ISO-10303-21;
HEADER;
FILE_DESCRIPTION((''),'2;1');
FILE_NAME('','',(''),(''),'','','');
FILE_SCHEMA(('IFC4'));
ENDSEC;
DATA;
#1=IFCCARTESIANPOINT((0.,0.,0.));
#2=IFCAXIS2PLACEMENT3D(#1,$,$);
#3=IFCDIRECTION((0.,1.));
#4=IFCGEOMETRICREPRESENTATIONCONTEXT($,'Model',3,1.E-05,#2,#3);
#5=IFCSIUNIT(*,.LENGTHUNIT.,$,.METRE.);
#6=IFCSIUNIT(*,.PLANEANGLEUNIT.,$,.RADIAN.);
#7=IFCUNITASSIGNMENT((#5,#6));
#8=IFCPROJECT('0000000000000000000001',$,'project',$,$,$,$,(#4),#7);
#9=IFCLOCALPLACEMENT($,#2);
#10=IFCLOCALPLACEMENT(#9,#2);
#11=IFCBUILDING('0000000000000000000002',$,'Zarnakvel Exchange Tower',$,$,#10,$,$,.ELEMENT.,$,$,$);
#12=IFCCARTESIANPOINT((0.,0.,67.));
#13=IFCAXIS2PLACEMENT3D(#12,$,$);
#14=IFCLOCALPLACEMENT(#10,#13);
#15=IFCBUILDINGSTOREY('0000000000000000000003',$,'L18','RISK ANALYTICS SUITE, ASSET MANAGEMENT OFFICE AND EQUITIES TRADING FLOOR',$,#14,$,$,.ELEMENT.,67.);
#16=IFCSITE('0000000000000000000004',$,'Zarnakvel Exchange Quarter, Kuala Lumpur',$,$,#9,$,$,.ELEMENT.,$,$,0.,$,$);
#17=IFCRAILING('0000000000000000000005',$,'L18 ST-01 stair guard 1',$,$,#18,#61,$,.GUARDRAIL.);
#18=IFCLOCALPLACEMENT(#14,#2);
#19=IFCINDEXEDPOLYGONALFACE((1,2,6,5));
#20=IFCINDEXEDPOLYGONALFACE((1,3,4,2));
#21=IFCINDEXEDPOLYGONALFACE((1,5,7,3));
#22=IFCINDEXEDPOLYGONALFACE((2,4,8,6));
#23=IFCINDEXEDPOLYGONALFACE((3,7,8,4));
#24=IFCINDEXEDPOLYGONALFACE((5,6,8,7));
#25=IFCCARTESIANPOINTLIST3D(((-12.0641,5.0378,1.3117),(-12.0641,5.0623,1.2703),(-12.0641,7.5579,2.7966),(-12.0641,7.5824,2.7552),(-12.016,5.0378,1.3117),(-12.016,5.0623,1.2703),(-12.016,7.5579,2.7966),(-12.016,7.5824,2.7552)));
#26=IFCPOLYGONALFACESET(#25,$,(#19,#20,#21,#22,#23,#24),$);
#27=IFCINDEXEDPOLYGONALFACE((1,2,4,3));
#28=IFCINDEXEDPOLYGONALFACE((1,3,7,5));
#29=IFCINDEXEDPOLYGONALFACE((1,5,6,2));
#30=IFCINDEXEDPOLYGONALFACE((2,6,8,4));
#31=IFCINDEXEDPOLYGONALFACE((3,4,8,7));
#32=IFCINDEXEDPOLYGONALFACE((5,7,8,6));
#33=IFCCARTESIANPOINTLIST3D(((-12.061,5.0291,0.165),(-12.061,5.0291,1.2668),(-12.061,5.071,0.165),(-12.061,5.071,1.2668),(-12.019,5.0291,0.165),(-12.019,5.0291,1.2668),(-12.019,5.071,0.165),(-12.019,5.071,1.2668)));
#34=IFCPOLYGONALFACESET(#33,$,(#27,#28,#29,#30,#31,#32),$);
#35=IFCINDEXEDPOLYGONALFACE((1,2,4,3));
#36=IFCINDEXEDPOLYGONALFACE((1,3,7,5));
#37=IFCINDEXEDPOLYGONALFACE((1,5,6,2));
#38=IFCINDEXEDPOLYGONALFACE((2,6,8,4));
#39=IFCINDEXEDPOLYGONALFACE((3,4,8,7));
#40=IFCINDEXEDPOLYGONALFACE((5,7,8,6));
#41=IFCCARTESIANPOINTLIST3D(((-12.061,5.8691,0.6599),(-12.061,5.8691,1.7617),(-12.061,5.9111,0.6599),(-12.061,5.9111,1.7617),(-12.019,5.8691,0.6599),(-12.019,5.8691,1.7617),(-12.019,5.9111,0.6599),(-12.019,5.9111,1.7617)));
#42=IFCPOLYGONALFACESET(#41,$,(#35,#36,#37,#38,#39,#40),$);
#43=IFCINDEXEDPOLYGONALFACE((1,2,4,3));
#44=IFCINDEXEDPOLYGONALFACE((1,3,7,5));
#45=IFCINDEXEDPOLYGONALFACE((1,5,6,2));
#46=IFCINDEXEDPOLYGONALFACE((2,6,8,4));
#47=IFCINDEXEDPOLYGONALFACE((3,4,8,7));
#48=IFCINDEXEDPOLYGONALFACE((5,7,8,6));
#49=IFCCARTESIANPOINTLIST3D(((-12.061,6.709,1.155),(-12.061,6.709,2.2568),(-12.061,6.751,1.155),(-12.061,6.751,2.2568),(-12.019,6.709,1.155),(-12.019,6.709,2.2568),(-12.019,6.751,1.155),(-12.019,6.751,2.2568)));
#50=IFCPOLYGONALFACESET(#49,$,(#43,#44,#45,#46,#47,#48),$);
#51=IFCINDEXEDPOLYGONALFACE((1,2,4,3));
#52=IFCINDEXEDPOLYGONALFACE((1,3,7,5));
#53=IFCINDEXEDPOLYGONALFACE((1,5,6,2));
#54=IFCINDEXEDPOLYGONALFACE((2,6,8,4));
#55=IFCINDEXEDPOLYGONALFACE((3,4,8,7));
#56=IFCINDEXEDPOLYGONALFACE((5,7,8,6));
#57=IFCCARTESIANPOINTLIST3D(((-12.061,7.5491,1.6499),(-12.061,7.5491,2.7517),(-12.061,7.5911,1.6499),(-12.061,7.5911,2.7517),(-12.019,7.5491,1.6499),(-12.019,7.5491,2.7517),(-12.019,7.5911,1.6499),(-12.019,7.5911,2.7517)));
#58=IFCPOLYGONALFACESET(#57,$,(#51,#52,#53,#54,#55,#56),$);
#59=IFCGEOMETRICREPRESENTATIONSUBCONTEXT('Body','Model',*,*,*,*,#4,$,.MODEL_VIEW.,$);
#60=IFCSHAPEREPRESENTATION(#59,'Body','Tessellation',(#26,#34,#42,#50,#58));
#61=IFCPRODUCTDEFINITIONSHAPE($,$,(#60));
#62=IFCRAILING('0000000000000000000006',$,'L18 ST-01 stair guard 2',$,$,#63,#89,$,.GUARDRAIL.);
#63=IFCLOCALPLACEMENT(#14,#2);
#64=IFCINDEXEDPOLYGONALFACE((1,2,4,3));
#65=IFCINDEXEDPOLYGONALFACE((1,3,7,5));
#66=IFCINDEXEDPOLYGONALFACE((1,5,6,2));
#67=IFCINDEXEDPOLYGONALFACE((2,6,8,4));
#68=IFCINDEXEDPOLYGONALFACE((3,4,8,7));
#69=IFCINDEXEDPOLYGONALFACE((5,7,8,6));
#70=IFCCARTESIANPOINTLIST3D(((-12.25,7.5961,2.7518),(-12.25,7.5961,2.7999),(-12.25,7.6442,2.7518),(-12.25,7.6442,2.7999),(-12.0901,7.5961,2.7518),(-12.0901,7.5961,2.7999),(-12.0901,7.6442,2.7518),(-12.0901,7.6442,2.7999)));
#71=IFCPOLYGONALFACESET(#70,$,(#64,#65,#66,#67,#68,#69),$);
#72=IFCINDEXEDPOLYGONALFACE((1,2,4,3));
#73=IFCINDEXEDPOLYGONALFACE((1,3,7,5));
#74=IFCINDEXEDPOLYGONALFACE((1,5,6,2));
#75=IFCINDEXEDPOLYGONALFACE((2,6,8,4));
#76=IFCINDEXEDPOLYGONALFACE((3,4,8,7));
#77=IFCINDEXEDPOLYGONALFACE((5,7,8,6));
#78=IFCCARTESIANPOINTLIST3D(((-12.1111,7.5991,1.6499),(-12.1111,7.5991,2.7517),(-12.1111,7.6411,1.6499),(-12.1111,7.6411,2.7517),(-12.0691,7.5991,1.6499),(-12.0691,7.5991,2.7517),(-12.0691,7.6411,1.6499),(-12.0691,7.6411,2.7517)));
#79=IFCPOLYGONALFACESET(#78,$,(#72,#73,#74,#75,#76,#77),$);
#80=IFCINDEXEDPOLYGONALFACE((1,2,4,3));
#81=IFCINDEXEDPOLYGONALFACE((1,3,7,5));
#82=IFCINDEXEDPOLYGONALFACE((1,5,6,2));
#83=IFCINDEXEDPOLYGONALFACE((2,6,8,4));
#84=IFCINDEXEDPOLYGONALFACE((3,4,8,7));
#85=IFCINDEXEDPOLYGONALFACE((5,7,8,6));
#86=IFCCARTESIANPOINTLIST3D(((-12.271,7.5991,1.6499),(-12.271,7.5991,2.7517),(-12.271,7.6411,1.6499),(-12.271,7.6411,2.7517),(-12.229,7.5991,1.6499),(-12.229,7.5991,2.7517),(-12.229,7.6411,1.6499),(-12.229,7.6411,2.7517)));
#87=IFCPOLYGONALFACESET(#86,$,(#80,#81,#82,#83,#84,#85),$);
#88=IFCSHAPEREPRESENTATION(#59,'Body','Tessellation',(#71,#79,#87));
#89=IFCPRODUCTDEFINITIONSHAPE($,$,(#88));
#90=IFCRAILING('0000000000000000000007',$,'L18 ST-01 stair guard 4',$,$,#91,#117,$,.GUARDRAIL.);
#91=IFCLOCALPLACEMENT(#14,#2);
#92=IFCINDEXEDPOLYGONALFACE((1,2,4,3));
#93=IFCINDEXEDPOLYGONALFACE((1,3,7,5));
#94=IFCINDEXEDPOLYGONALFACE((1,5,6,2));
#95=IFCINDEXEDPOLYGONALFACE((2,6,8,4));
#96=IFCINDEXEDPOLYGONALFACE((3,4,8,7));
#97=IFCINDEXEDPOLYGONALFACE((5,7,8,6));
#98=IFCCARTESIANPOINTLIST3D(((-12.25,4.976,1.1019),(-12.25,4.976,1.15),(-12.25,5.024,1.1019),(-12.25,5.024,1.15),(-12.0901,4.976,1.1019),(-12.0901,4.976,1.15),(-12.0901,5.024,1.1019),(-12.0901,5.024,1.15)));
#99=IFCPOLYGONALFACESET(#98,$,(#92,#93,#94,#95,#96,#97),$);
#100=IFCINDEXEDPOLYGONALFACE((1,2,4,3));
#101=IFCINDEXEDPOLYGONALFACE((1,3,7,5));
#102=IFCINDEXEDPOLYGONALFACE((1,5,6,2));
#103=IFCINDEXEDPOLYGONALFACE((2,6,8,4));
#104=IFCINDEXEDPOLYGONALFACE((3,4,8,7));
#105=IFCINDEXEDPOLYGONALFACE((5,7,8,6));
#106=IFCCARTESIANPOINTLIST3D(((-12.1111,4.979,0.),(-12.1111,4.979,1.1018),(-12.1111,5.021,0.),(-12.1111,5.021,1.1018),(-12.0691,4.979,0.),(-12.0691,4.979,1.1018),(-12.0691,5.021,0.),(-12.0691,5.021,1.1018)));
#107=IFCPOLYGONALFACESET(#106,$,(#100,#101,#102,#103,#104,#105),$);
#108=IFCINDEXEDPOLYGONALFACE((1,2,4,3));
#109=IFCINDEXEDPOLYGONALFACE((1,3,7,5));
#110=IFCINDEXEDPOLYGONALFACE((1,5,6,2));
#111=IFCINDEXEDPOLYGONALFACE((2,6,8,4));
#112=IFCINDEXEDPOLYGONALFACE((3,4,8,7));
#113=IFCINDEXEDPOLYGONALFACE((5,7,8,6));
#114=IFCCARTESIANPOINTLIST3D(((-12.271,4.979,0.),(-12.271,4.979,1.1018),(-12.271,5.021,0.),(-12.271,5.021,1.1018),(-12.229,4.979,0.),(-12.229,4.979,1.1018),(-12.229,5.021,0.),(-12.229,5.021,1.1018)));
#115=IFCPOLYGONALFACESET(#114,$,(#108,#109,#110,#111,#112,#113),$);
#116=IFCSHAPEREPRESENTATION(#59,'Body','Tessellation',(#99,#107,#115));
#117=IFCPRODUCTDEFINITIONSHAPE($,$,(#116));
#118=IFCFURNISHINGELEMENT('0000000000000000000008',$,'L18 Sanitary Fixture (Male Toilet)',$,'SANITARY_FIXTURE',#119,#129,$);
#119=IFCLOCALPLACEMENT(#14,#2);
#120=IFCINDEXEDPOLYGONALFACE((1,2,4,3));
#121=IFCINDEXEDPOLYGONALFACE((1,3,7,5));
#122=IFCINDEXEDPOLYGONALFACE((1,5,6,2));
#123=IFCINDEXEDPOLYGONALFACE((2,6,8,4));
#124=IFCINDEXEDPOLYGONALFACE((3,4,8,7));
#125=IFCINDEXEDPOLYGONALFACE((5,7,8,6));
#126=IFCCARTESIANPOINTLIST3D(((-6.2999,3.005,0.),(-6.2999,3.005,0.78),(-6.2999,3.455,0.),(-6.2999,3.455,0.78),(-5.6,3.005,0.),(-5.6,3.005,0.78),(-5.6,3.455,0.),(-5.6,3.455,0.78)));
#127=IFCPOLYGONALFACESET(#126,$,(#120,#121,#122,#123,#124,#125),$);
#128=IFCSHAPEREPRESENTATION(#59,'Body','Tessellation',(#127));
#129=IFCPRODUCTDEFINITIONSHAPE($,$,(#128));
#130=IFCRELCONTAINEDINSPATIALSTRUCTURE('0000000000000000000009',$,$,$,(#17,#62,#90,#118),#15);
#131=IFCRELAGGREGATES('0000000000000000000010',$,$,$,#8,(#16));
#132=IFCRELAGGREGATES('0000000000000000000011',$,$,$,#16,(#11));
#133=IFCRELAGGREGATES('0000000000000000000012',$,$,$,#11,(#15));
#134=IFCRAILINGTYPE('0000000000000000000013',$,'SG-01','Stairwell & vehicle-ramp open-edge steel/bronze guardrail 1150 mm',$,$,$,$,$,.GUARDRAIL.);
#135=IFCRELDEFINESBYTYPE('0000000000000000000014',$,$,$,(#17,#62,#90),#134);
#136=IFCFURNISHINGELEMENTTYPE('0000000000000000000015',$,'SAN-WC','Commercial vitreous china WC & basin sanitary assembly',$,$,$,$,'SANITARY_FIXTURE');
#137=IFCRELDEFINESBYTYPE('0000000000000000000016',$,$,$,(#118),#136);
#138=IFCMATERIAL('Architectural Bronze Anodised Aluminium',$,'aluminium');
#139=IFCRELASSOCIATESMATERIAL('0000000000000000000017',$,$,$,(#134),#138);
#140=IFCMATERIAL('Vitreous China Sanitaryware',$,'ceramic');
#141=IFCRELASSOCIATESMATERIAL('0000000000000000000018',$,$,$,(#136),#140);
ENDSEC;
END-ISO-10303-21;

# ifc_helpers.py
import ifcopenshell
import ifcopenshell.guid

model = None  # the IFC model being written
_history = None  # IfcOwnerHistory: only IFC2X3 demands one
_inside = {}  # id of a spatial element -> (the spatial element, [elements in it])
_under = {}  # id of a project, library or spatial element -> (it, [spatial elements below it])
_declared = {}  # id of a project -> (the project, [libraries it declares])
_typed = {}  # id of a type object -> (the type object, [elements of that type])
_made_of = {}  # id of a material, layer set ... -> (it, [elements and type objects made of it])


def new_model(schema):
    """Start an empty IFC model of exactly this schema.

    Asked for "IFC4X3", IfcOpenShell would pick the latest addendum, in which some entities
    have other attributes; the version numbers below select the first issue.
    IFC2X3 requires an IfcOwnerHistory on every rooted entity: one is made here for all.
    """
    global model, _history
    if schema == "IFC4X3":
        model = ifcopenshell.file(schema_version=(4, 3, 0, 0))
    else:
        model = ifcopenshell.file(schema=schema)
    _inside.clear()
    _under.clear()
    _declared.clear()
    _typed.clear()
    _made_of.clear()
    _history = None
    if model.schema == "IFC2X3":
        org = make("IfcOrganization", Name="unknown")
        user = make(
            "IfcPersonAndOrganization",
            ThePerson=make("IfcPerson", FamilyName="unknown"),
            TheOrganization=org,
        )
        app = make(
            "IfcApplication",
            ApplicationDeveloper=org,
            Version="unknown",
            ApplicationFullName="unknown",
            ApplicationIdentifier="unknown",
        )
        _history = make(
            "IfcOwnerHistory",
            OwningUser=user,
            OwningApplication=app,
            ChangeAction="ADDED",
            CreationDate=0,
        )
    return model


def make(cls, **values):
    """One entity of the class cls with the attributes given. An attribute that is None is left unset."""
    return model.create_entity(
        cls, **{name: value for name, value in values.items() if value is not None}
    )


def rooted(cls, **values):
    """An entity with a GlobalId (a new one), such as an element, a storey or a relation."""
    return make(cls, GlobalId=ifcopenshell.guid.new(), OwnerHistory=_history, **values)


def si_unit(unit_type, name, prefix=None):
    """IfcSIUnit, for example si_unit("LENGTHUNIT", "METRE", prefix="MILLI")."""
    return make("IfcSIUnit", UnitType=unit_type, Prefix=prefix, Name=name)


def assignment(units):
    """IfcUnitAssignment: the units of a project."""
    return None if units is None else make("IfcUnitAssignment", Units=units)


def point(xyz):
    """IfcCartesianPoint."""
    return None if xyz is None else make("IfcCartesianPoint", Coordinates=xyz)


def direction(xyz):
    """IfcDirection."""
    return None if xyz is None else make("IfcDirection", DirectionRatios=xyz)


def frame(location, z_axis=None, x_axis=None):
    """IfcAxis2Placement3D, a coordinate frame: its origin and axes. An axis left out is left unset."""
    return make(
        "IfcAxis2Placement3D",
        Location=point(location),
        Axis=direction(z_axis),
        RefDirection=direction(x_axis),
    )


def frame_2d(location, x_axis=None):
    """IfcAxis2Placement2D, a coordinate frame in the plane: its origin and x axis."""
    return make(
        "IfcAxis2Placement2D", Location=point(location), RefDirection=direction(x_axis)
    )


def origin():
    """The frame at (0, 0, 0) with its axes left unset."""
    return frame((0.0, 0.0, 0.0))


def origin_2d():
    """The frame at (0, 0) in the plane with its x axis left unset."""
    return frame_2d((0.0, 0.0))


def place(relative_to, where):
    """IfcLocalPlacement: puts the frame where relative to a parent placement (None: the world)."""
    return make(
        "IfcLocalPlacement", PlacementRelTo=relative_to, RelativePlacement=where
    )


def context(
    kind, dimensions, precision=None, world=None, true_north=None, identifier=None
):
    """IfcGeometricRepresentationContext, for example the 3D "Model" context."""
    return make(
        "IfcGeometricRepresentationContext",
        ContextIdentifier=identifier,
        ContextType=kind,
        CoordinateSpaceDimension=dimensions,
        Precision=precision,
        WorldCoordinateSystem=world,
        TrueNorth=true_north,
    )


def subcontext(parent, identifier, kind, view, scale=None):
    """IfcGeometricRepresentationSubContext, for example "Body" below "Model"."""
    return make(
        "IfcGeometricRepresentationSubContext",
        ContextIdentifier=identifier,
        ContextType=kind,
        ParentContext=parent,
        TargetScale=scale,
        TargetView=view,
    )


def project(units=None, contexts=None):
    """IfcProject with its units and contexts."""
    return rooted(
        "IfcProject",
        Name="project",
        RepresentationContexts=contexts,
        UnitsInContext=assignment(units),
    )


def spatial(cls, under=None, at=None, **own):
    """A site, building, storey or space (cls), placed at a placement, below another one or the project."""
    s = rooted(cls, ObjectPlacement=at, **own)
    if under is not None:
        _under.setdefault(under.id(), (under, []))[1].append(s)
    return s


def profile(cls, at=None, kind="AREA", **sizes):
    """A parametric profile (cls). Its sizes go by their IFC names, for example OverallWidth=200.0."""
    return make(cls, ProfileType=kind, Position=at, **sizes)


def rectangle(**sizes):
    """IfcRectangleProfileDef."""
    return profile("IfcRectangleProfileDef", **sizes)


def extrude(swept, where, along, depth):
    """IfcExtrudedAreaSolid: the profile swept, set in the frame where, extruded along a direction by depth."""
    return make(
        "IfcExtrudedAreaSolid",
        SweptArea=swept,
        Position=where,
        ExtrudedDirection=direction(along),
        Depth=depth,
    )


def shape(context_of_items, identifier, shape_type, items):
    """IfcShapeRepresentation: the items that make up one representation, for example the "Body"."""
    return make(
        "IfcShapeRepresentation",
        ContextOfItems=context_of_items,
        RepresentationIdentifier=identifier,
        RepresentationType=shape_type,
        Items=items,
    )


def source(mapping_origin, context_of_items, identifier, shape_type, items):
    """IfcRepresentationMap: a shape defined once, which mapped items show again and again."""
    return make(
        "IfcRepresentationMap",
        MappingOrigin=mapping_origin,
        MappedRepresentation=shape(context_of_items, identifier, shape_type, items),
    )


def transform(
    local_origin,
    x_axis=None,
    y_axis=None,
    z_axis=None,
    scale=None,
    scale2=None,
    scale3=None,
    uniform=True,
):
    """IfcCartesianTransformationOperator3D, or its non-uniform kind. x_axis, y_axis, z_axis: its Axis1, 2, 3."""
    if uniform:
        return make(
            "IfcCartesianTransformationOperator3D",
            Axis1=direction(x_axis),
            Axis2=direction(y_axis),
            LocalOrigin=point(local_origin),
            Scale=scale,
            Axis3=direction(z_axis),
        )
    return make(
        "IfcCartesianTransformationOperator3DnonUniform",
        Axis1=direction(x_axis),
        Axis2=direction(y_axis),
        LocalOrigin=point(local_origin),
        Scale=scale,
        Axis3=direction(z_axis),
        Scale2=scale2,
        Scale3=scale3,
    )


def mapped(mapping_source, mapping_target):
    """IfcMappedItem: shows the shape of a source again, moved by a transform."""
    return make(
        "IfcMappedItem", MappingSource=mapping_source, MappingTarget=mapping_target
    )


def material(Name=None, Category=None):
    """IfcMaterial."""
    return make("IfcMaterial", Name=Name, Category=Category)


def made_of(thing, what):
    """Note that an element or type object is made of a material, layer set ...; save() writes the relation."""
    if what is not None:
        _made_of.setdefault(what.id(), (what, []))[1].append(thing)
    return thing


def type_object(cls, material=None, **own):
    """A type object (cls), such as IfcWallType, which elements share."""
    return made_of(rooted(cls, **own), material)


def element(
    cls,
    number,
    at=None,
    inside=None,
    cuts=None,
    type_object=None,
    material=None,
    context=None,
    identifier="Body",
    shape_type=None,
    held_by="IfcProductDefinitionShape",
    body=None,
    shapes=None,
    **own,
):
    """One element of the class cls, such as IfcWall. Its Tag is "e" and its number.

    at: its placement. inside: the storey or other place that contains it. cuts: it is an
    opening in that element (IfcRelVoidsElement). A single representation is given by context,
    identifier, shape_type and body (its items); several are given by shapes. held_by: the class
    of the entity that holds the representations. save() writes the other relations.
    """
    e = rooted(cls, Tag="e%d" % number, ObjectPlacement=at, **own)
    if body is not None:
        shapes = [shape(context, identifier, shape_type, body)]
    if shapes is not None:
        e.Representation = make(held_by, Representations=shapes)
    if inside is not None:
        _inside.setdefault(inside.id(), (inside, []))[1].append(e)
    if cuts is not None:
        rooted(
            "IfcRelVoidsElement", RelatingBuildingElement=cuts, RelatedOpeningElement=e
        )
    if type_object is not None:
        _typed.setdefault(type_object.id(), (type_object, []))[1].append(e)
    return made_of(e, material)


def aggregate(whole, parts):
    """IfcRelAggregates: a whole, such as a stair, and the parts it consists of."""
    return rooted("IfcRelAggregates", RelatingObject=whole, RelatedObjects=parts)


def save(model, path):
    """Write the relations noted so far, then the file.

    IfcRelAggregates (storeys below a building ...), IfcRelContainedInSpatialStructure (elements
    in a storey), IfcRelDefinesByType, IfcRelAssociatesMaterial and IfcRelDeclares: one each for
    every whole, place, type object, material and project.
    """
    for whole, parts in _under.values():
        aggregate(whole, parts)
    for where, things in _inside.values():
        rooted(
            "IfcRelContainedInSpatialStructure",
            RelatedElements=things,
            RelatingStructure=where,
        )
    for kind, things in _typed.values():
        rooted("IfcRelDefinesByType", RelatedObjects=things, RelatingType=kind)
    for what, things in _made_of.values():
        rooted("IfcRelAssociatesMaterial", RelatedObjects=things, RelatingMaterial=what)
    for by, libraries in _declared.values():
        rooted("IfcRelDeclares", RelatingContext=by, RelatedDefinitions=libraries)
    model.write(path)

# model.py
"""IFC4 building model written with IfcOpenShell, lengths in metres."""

from ifc_helpers import new_model, si_unit, direction, frame, origin, origin_2d, place, context, subcontext, project, spatial, rectangle, extrude, source, transform, mapped, material, type_object, element, save


model = new_model("IFC4")

# Units and contexts
model_context = context("Model", 3, precision=1e-05, world=origin(), true_north=direction((0.0, 1.0)))
body_context = subcontext(model_context, "Body", "Model", "MODEL_VIEW")
ifc_project = project(units=[si_unit("LENGTHUNIT", "METRE"), si_unit("PLANEANGLEUNIT", "RADIAN")], contexts=[model_context])

# Site, building, storey
site_placement = place(None, origin())
site = spatial("IfcSite", under=ifc_project, at=site_placement, Name="Zarnakvel Exchange Quarter, Kuala Lumpur", CompositionType="ELEMENT", RefElevation=0.0)
building_placement = place(site_placement, origin())
building = spatial("IfcBuilding", under=site, at=building_placement, Name="Zarnakvel Exchange Tower", CompositionType="ELEMENT")
storey_placement = place(building_placement, frame((0.0, 0.0, 67.0)))
storey = spatial("IfcBuildingStorey", under=building, at=storey_placement, Name="L18", Description="RISK ANALYTICS SUITE, ASSET MANAGEMENT OFFICE AND EQUITIES TRADING FLOOR", CompositionType="ELEMENT", Elevation=67.0)

# Railings
ifc_material_1 = material(Name="Architectural Bronze Anodised Aluminium", Category="aluminium")
railing_type_1 = type_object("IfcRailingType", Name="SG-01", Description="Stairwell & vehicle-ramp open-edge steel/bronze guardrail 1150 mm", PredefinedType="GUARDRAIL", material=ifc_material_1)
railing_1_placement = place(storey_placement, frame((-12.04, 5.05, 0.165)))
element("IfcRailing", 1, at=railing_1_placement, inside=storey, type_object=railing_type_1, Name="L18 ST-01 stair guard 1", PredefinedType="GUARDRAIL", context=body_context, shape_type="SweptSolid", body=[
    extrude(rectangle(XDim=0.0481, YDim=0.0481, at=origin_2d()), frame((0.0, 0.0, 1.126), z_axis=(0.0, 0.861561, 0.507655), x_axis=(-1.0, 0.0, 0.0)), (0.0, 0.0, 1.0), 2.925),
    extrude(rectangle(XDim=0.042, YDim=0.042, at=origin_2d()), origin(), (0.0, 0.0, 1.0), 1.1018),
    extrude(rectangle(XDim=0.042, YDim=0.042, at=origin_2d()), frame((0.0, 0.8401, 0.4949)), (0.0, 0.0, 1.0), 1.1018),
    extrude(rectangle(XDim=0.042, YDim=0.042, at=origin_2d()), frame((0.0, 1.6799, 0.99)), (0.0, 0.0, 1.0), 1.1018),
    extrude(rectangle(XDim=0.042, YDim=0.042, at=origin_2d()), frame((0.0, 2.52, 1.4849)), (0.0, 0.0, 1.0), 1.1018),
])
for number, where, name in (
    (2, (-12.0901, 7.6201, 1.6499), "L18 ST-01 stair guard 2"),
    (3, (-12.0901, 5.0, 0.0), "L18 ST-01 stair guard 4"),
):
    element("IfcRailing", number, at=place(storey_placement, frame(where)), inside=storey, type_object=railing_type_1, Name=name, PredefinedType="GUARDRAIL", context=body_context, shape_type="SweptSolid", body=[
        extrude(rectangle(XDim=0.0481, YDim=0.0481, at=origin_2d()), frame((0.0, 0.0, 1.126), z_axis=(-1.0, 0.0, 0.0), x_axis=(0.0, -1.0, 0.0)), (0.0, 0.0, 1.0), 0.1599),
        extrude(rectangle(XDim=0.042, YDim=0.042, at=origin_2d()), origin(), (0.0, 0.0, 1.0), 1.1018),
        extrude(rectangle(XDim=0.042, YDim=0.042, at=origin_2d()), frame((-0.1599, 0.0, 0.0)), (0.0, 0.0, 1.0), 1.1018),
    ])

# Furnishing element
ifc_material_2 = material(Name="Vitreous China Sanitaryware", Category="ceramic")
furnishing_element_type = type_object("IfcFurnishingElementType", Name="SAN-WC", Description="Commercial vitreous china WC & basin sanitary assembly", ElementType="SANITARY_FIXTURE", material=ifc_material_2)
shared_shape_1 = source(origin(), body_context, "Body", "SweptSolid", [
    extrude(rectangle(XDim=0.7, YDim=0.45, at=origin_2d()), origin(), (0.0, 0.0, 1.0), 0.78),
])
furnishing_placement = place(storey_placement, frame((-5.95, 3.23, 0.0), z_axis=(0.0, 0.0, 1.0), x_axis=(1.0, 0.0, 0.0)))
element("IfcFurnishingElement", 4, at=furnishing_placement, inside=storey, type_object=furnishing_element_type, Name="L18 Sanitary Fixture (Male Toilet)", ObjectType="SANITARY_FIXTURE", context=body_context, shape_type="MappedRepresentation", body=[
    mapped(shared_shape_1, transform((0.0, 0.0, 0.0), x_axis=(1.0, 0.0, 0.0), y_axis=(0.0, 1.0, 0.0), z_axis=(0.0, 0.0, 1.0), scale=1.0)),
])

save(model, "model.ifc")
